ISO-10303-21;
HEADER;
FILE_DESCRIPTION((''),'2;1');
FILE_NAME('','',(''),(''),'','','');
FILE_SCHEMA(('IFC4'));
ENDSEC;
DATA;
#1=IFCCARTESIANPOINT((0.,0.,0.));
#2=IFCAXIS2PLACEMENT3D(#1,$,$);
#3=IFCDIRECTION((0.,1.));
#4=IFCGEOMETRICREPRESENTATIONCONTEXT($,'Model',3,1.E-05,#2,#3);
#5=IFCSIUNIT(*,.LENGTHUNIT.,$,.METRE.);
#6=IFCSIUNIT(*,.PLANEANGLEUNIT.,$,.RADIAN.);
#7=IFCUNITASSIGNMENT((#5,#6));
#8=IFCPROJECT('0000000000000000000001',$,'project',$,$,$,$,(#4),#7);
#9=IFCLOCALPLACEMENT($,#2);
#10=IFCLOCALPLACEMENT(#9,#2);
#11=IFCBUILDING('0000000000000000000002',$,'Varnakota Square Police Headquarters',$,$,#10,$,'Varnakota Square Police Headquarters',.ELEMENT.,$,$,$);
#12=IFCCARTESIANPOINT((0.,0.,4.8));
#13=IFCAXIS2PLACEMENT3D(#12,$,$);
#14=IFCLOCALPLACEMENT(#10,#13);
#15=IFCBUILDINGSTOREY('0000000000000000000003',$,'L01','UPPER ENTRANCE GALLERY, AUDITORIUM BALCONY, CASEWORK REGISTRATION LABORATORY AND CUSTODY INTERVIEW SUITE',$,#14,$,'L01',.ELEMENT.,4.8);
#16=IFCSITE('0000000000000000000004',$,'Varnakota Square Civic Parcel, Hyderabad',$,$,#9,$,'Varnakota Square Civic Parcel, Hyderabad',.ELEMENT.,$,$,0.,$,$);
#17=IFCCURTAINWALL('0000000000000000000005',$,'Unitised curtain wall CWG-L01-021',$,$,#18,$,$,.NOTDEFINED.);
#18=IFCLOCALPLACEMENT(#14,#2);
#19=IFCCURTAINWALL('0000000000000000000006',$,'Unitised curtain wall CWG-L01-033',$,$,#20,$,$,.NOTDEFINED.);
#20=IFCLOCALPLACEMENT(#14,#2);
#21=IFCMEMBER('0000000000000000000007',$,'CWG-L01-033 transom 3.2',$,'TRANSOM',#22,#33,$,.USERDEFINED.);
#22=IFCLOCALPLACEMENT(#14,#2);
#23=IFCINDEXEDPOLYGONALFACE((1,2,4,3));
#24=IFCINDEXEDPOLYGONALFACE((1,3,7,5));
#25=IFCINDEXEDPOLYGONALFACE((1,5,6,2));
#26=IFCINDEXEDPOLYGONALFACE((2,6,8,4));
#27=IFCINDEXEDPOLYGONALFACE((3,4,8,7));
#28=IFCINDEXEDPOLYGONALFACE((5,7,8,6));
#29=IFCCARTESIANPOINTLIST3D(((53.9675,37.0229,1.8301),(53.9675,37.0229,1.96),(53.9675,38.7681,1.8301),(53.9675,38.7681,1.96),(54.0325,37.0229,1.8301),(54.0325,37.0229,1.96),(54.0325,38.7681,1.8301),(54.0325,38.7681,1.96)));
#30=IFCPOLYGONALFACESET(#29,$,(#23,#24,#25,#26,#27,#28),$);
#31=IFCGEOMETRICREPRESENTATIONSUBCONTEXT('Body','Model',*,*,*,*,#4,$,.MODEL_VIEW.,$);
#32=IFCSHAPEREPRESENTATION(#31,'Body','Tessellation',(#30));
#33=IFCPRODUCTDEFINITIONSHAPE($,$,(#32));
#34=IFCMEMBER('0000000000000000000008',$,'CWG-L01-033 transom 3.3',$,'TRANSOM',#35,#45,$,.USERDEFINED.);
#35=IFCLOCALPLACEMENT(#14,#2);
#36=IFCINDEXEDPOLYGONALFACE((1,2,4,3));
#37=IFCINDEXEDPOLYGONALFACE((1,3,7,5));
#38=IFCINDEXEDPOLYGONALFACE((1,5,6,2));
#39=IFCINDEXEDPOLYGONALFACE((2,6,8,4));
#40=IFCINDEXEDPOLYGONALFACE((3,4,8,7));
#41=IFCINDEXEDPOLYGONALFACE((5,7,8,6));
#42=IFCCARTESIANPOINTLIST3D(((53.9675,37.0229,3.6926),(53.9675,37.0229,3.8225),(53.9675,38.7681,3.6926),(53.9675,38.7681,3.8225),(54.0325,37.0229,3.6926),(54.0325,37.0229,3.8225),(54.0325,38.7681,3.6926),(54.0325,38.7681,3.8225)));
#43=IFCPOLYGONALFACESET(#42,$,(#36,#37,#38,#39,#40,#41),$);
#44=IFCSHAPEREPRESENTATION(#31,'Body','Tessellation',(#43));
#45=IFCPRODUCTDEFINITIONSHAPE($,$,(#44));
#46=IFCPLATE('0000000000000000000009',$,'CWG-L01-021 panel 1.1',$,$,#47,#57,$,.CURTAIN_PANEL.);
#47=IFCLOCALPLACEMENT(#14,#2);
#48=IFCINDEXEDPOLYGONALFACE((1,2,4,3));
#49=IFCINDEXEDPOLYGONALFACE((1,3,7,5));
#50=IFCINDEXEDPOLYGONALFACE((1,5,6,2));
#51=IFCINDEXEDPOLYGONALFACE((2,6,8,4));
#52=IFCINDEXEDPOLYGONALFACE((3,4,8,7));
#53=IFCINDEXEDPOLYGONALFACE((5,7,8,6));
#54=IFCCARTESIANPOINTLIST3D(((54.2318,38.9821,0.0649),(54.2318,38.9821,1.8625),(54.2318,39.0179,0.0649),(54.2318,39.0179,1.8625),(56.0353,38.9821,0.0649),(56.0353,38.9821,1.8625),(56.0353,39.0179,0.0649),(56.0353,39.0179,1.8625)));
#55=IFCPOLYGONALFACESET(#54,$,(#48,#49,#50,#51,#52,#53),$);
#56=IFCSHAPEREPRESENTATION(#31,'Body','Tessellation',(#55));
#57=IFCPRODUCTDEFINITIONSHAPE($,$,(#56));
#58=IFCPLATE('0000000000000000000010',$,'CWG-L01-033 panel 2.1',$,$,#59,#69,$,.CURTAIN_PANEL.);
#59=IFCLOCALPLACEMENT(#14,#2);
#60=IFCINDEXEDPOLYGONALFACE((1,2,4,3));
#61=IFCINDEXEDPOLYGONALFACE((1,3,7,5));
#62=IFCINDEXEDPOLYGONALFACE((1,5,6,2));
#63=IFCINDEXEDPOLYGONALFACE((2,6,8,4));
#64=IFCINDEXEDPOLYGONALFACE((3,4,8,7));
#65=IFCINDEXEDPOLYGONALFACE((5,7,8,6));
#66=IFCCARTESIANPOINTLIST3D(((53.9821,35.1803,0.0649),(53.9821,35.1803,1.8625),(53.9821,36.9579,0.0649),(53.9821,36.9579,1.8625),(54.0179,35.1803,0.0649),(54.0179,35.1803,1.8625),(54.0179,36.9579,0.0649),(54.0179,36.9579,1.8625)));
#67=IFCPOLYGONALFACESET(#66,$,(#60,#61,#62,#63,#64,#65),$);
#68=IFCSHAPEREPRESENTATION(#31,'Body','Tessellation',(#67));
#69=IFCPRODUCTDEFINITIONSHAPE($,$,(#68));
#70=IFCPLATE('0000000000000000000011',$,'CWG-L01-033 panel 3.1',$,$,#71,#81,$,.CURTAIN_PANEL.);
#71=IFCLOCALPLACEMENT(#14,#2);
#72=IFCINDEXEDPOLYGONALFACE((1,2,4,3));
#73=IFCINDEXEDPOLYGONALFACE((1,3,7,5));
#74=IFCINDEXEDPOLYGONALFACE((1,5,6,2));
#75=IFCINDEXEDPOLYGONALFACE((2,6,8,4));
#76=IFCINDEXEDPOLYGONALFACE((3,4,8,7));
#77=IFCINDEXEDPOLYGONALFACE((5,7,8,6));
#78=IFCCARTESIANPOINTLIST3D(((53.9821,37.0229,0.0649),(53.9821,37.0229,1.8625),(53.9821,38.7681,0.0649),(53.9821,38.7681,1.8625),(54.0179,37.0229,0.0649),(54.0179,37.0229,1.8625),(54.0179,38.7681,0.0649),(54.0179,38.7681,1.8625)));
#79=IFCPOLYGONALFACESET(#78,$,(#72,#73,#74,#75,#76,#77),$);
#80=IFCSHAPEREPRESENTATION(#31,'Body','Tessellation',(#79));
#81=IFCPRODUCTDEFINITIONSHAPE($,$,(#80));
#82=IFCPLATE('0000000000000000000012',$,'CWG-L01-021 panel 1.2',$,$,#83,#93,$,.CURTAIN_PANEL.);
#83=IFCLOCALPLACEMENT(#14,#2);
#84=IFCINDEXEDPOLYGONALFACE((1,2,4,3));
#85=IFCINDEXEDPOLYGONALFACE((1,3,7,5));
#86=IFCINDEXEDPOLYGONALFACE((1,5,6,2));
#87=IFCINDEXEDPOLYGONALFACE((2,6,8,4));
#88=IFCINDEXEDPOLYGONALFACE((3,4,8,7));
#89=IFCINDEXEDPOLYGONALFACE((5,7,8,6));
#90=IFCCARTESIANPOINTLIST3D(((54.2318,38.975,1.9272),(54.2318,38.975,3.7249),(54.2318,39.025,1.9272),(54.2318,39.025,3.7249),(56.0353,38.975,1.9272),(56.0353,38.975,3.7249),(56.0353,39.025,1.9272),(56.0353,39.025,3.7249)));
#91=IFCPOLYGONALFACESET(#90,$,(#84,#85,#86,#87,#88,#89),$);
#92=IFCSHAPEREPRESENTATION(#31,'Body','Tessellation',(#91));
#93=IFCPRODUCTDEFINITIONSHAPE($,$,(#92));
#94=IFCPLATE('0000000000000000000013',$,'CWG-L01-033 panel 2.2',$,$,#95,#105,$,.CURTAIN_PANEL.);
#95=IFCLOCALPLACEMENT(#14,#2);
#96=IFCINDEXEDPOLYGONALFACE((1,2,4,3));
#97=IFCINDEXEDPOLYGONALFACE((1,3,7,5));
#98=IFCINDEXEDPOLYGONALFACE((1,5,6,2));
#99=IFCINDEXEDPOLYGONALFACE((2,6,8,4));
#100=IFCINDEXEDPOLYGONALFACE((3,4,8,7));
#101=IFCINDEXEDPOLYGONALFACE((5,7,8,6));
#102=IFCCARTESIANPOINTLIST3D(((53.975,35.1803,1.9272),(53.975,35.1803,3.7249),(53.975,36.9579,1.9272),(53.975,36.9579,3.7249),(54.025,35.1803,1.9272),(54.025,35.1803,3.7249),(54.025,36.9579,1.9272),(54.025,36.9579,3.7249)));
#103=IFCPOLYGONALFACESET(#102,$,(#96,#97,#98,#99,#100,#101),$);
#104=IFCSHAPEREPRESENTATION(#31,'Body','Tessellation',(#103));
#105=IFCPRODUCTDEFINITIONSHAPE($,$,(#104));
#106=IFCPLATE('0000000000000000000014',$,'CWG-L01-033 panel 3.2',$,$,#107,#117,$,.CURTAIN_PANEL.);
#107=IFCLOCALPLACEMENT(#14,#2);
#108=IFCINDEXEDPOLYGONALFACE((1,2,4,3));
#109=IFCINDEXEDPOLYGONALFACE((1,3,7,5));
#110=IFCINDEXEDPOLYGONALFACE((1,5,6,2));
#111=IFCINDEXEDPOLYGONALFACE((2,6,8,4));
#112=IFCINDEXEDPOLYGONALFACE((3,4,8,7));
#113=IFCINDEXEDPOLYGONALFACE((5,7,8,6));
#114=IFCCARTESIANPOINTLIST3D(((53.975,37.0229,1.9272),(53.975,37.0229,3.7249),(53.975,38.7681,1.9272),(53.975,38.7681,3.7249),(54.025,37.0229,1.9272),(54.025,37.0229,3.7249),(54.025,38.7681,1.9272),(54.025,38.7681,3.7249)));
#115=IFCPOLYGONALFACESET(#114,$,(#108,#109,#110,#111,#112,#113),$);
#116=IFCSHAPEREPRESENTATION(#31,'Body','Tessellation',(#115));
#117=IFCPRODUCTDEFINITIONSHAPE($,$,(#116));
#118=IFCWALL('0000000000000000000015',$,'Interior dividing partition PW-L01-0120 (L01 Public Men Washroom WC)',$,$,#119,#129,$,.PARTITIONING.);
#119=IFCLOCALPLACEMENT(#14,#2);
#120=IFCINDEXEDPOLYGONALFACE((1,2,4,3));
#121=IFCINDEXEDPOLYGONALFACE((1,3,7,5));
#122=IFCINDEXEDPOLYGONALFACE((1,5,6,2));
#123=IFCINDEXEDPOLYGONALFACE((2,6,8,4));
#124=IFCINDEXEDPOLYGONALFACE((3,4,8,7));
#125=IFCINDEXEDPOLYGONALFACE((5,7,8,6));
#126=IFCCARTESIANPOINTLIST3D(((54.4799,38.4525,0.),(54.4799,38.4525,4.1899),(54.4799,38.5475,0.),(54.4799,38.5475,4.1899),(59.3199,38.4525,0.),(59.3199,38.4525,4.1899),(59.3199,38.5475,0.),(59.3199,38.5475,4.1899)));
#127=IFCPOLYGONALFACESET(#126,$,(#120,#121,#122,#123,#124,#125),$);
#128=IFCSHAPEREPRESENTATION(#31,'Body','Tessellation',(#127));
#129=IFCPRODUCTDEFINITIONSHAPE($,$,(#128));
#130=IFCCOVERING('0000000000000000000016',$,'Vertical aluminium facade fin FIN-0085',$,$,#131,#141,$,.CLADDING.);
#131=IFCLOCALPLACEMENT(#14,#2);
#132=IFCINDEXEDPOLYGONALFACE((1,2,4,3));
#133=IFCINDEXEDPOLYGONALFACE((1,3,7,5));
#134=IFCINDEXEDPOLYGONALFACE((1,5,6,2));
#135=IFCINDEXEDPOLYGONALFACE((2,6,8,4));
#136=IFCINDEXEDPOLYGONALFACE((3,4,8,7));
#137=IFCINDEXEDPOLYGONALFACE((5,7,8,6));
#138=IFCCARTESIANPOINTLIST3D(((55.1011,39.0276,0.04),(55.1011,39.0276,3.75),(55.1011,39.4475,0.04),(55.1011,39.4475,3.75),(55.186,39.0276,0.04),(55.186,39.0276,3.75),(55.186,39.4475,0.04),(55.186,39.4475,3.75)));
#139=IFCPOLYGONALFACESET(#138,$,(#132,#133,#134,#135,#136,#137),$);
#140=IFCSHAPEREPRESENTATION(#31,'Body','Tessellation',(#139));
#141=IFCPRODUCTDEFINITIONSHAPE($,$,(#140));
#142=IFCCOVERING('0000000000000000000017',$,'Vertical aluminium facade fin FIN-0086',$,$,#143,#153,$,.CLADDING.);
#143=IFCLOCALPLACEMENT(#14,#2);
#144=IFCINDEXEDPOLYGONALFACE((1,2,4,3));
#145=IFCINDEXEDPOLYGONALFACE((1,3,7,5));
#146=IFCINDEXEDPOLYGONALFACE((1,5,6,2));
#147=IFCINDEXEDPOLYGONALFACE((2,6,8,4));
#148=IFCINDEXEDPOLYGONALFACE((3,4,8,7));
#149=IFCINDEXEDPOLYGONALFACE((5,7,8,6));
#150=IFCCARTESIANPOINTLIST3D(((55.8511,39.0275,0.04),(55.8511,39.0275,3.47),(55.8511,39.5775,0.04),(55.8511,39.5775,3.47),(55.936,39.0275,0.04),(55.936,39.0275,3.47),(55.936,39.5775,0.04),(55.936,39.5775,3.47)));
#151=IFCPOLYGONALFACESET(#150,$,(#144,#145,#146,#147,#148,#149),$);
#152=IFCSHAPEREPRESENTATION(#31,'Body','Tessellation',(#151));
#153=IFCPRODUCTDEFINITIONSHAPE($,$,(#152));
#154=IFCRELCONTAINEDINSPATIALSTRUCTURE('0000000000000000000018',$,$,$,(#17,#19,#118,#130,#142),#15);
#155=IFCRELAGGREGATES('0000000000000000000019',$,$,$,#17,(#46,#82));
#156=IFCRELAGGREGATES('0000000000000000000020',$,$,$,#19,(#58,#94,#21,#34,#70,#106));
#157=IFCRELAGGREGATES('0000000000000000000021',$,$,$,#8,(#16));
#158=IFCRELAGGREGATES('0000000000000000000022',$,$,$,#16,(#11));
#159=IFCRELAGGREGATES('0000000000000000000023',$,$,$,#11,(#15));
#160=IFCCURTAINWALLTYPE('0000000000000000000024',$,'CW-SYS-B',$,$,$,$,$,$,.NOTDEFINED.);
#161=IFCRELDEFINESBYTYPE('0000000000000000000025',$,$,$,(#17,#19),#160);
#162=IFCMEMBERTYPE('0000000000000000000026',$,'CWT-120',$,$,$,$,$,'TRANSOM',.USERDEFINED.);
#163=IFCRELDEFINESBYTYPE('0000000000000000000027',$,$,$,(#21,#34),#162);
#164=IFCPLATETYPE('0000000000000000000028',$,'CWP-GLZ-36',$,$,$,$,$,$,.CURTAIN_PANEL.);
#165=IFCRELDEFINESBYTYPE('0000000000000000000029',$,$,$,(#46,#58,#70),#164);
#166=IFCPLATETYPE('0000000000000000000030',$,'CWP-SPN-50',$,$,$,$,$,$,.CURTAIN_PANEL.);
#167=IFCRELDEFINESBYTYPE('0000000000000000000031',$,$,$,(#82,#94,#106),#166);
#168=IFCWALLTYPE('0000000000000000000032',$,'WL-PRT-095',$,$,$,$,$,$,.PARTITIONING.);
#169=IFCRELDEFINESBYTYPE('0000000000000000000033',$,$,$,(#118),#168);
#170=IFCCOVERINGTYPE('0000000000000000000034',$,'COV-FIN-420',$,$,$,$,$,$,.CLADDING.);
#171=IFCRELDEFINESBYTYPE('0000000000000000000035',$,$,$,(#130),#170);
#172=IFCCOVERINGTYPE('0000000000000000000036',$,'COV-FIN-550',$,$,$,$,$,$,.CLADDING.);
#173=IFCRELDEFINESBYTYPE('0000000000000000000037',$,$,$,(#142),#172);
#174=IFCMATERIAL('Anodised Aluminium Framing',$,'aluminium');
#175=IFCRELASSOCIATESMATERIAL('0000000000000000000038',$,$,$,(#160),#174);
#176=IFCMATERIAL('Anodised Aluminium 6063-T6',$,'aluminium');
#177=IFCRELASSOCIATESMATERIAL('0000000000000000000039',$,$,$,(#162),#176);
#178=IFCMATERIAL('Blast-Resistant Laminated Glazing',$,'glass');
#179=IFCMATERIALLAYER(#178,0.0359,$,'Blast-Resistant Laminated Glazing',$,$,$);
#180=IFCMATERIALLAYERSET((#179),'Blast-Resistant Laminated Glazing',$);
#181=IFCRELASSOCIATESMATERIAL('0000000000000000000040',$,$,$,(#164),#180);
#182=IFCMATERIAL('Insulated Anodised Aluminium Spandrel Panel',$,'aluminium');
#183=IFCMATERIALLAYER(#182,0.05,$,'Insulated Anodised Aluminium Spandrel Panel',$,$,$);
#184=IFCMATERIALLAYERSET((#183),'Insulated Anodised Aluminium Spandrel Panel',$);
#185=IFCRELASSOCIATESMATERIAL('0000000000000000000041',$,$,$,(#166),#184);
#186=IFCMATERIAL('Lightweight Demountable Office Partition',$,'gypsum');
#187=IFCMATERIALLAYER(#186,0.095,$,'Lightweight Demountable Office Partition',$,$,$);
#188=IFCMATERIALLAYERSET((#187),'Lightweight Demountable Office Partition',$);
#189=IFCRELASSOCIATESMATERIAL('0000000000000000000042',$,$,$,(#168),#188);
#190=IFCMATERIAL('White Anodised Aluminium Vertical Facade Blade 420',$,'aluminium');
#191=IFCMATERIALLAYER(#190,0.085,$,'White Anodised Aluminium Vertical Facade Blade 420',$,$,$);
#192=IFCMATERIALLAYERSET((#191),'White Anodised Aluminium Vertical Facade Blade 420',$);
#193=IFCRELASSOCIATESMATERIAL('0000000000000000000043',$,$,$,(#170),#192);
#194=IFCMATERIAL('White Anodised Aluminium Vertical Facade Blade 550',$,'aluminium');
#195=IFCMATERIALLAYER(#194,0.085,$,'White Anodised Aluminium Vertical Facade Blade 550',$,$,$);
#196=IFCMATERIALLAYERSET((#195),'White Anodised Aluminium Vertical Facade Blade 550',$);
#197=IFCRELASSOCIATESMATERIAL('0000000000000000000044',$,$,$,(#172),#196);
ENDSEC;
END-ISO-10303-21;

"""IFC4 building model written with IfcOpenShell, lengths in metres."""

from ifc_helpers import new_model, si_unit, direction, frame, frame_2d, origin, origin_2d, place, context, subcontext, project, spatial, rectangle, extrude, material, layer, layer_set, material_profile, profile_set, type_object, element, aggregate, save


model = new_model("IFC4")

# Units and contexts
model_context = context("Model", 3, precision=1e-05, world=origin(), true_north=direction((0.0, 1.0)))
body_context = subcontext(model_context, "Body", "Model", "MODEL_VIEW")
ifc_project = project(units=[si_unit("LENGTHUNIT", "METRE"), si_unit("PLANEANGLEUNIT", "RADIAN")], contexts=[model_context])

# Site, building, storey
site_placement = place(None, origin())
site = spatial("IfcSite", under=ifc_project, at=site_placement, Name="Varnakota Square Civic Parcel, Hyderabad", LongName="Varnakota Square Civic Parcel, Hyderabad", CompositionType="ELEMENT", RefElevation=0.0)
building_placement = place(site_placement, origin())
building = spatial("IfcBuilding", under=site, at=building_placement, Name="Varnakota Square Police Headquarters", LongName="Varnakota Square Police Headquarters", CompositionType="ELEMENT")
storey_placement = place(building_placement, frame((0.0, 0.0, 4.8)))
storey = spatial("IfcBuildingStorey", under=building, at=storey_placement, Name="L01", Description="UPPER ENTRANCE GALLERY, AUDITORIUM BALCONY, CASEWORK REGISTRATION LABORATORY AND CUSTODY INTERVIEW SUITE", LongName="L01", CompositionType="ELEMENT", Elevation=4.8)

# Curtain walls
ifc_material_1 = material(Name="Anodised Aluminium Framing", Category="aluminium")
curtain_wall_type = type_object("IfcCurtainWallType", Name="CW-SYS-B", PredefinedType="NOTDEFINED", material=ifc_material_1)
curtain_wall_1_placement = place(storey_placement, origin())
curtain_wall_1 = element("IfcCurtainWall", 1, at=curtain_wall_1_placement, inside=storey, type_object=curtain_wall_type, Name="Unitised curtain wall CWG-L01-021", PredefinedType="NOTDEFINED")
ifc_material_2 = material(Name="Anodised Aluminium 6063-T6", Category="aluminium")
curtain_wall_2_placement = place(storey_placement, origin())
curtain_wall_2 = element("IfcCurtainWall", 2, at=curtain_wall_2_placement, inside=storey, type_object=curtain_wall_type, Name="Unitised curtain wall CWG-L01-033", PredefinedType="NOTDEFINED")

# Members
ifc_material_profile_1 = material_profile(ifc_material_2, rectangle(XDim=0.0649, YDim=0.1299, at=origin_2d()), Name="ALU TRANSOM 65x130")
ifc_profile_set_1 = profile_set([ifc_material_profile_1], Name="Anodised Aluminium 6063-T6")
member_type_1 = type_object("IfcMemberType", Name="CWT-120", ElementType="TRANSOM", PredefinedType="USERDEFINED", material=ifc_profile_set_1)
member_1_placement = place(storey_placement, frame((54.0, 37.0229, 1.895), z_axis=(0.0, 1.0, 0.0), x_axis=(-1.0, 0.0, 0.0)))
member_1 = element("IfcMember", 3, at=member_1_placement, type_object=member_type_1, Name="CWG-L01-033 transom 3.2", ObjectType="TRANSOM", PredefinedType="USERDEFINED", context=body_context, shape_type="SweptSolid", body=[
    extrude(rectangle(XDim=0.0649, YDim=0.1299, at=origin_2d()), origin(), (0.0, 0.0, 1.0), 1.7451),
])
member_2_placement = place(storey_placement, frame((54.0, 37.0229, 3.7576), z_axis=(0.0, 1.0, 0.0), x_axis=(-1.0, 0.0, 0.0)))
member_2 = element("IfcMember", 4, at=member_2_placement, type_object=member_type_1, Name="CWG-L01-033 transom 3.3", ObjectType="TRANSOM", PredefinedType="USERDEFINED", context=body_context, shape_type="SweptSolid", body=[
    extrude(rectangle(XDim=0.0649, YDim=0.1299, at=origin_2d()), origin(), (0.0, 0.0, 1.0), 1.7451),
])

# Plates
ifc_material_3 = material(Name="Blast-Resistant Laminated Glazing", Category="glass")
ifc_layer_1 = layer(ifc_material_3, 0.0359, Name="Blast-Resistant Laminated Glazing")
ifc_layer_set_1 = layer_set([ifc_layer_1], Name="Blast-Resistant Laminated Glazing")
plate_type_1 = type_object("IfcPlateType", Name="CWP-GLZ-36", PredefinedType="CURTAIN_PANEL", material=ifc_layer_set_1)
plate_1_placement = place(storey_placement, frame((55.1335, 39.0, 0.0649), z_axis=(0.0, 0.0, 1.0), x_axis=(1.0, 0.0, 0.0)))
plate_1 = element("IfcPlate", 5, at=plate_1_placement, type_object=plate_type_1, Name="CWG-L01-021 panel 1.1", PredefinedType="CURTAIN_PANEL", context=body_context, shape_type="SweptSolid", body=[
    extrude(rectangle(XDim=1.8035, YDim=0.0359, at=origin_2d()), origin(), (0.0, 0.0, 1.0), 1.7976),
])
plate_2_placement = place(storey_placement, frame((54.0, 36.0691, 0.0649), z_axis=(0.0, 0.0, 1.0), x_axis=(0.0, 1.0, 0.0)))
plate_2 = element("IfcPlate", 6, at=plate_2_placement, type_object=plate_type_1, Name="CWG-L01-033 panel 2.1", PredefinedType="CURTAIN_PANEL", context=body_context, shape_type="SweptSolid", body=[
    extrude(rectangle(XDim=1.7776, YDim=0.0359, at=origin_2d()), origin(), (0.0, 0.0, 1.0), 1.7976),
])
plate_3_placement = place(storey_placement, frame((54.0, 37.8955, 0.0649), z_axis=(0.0, 0.0, 1.0), x_axis=(0.0, 1.0, 0.0)))
plate_3 = element("IfcPlate", 7, at=plate_3_placement, type_object=plate_type_1, Name="CWG-L01-033 panel 3.1", PredefinedType="CURTAIN_PANEL", context=body_context, shape_type="SweptSolid", body=[
    extrude(rectangle(XDim=1.7451, YDim=0.0359, at=origin_2d()), origin(), (0.0, 0.0, 1.0), 1.7976),
])
ifc_material_4 = material(Name="Insulated Anodised Aluminium Spandrel Panel", Category="aluminium")
ifc_layer_2 = layer(ifc_material_4, 0.05, Name="Insulated Anodised Aluminium Spandrel Panel")
ifc_layer_set_2 = layer_set([ifc_layer_2], Name="Insulated Anodised Aluminium Spandrel Panel")
plate_type_2 = type_object("IfcPlateType", Name="CWP-SPN-50", PredefinedType="CURTAIN_PANEL", material=ifc_layer_set_2)
plate_4_placement = place(storey_placement, frame((55.1335, 39.0, 1.9272), z_axis=(0.0, 0.0, 1.0), x_axis=(1.0, 0.0, 0.0)))
plate_4 = element("IfcPlate", 8, at=plate_4_placement, type_object=plate_type_2, Name="CWG-L01-021 panel 1.2", PredefinedType="CURTAIN_PANEL", context=body_context, shape_type="SweptSolid", body=[
    extrude(rectangle(XDim=1.8035, YDim=0.05, at=origin_2d()), origin(), (0.0, 0.0, 1.0), 1.7976),
])
aggregate(curtain_wall_1, [plate_1, plate_4])
plate_5_placement = place(storey_placement, frame((54.0, 36.0691, 1.9272), z_axis=(0.0, 0.0, 1.0), x_axis=(0.0, 1.0, 0.0)))
plate_5 = element("IfcPlate", 9, at=plate_5_placement, type_object=plate_type_2, Name="CWG-L01-033 panel 2.2", PredefinedType="CURTAIN_PANEL", context=body_context, shape_type="SweptSolid", body=[
    extrude(rectangle(XDim=1.7776, YDim=0.05, at=origin_2d()), origin(), (0.0, 0.0, 1.0), 1.7976),
])
plate_6_placement = place(storey_placement, frame((54.0, 37.8955, 1.9272), z_axis=(0.0, 0.0, 1.0), x_axis=(0.0, 1.0, 0.0)))
plate_6 = element("IfcPlate", 10, at=plate_6_placement, type_object=plate_type_2, Name="CWG-L01-033 panel 3.2", PredefinedType="CURTAIN_PANEL", context=body_context, shape_type="SweptSolid", body=[
    extrude(rectangle(XDim=1.7451, YDim=0.05, at=origin_2d()), origin(), (0.0, 0.0, 1.0), 1.7976),
])
aggregate(curtain_wall_2, [plate_2, plate_5, member_1, member_2, plate_3, plate_6])

# Wall
ifc_material_5 = material(Name="Lightweight Demountable Office Partition", Category="gypsum")
ifc_layer_3 = layer(ifc_material_5, 0.095, Name="Lightweight Demountable Office Partition")
ifc_layer_set_3 = layer_set([ifc_layer_3], Name="Lightweight Demountable Office Partition")
wall_type = type_object("IfcWallType", Name="WL-PRT-095", PredefinedType="PARTITIONING", material=ifc_layer_set_3)
wall_placement = place(storey_placement, frame((54.48, 38.5, 0.0), z_axis=(0.0, 0.0, 1.0), x_axis=(1.0, 0.0, 0.0)))
element("IfcWall", 11, at=wall_placement, inside=storey, type_object=wall_type, Name="Interior dividing partition PW-L01-0120 (L01 Public Men Washroom WC)", PredefinedType="PARTITIONING", context=body_context, shape_type="SweptSolid", body=[
    extrude(rectangle(XDim=4.8401, YDim=0.095, at=frame_2d((2.4199, 0.0))), origin(), (0.0, 0.0, 1.0), 4.1899),
])

# Coverings
ifc_material_6 = material(Name="White Anodised Aluminium Vertical Facade Blade 420", Category="aluminium")
ifc_layer_4 = layer(ifc_material_6, 0.085, Name="White Anodised Aluminium Vertical Facade Blade 420")
ifc_layer_set_4 = layer_set([ifc_layer_4], Name="White Anodised Aluminium Vertical Facade Blade 420")
covering_type_1 = type_object("IfcCoveringType", Name="COV-FIN-420", PredefinedType="CLADDING", material=ifc_layer_set_4)
covering_1_placement = place(storey_placement, frame((55.1436, 39.2375, 0.04), z_axis=(0.0, 0.0, 1.0), x_axis=(1.0, 0.0, 0.0)))
element("IfcCovering", 12, at=covering_1_placement, inside=storey, type_object=covering_type_1, Name="Vertical aluminium facade fin FIN-0085", PredefinedType="CLADDING", context=body_context, shape_type="SweptSolid", body=[
    extrude(rectangle(XDim=0.085, YDim=0.4199, at=origin_2d()), origin(), (0.0, 0.0, 1.0), 3.71),
])
ifc_material_7 = material(Name="White Anodised Aluminium Vertical Facade Blade 550", Category="aluminium")
ifc_layer_5 = layer(ifc_material_7, 0.085, Name="White Anodised Aluminium Vertical Facade Blade 550")
ifc_layer_set_5 = layer_set([ifc_layer_5], Name="White Anodised Aluminium Vertical Facade Blade 550")
covering_type_2 = type_object("IfcCoveringType", Name="COV-FIN-550", PredefinedType="CLADDING", material=ifc_layer_set_5)
covering_2_placement = place(storey_placement, frame((55.8936, 39.3025, 0.04), z_axis=(0.0, 0.0, 1.0), x_axis=(1.0, 0.0, 0.0)))
element("IfcCovering", 13, at=covering_2_placement, inside=storey, type_object=covering_type_2, Name="Vertical aluminium facade fin FIN-0086", PredefinedType="CLADDING", context=body_context, shape_type="SweptSolid", body=[
    extrude(rectangle(XDim=0.085, YDim=0.55, at=origin_2d()), origin(), (0.0, 0.0, 1.0), 3.4299),
])

save(model, "model.ifc")
